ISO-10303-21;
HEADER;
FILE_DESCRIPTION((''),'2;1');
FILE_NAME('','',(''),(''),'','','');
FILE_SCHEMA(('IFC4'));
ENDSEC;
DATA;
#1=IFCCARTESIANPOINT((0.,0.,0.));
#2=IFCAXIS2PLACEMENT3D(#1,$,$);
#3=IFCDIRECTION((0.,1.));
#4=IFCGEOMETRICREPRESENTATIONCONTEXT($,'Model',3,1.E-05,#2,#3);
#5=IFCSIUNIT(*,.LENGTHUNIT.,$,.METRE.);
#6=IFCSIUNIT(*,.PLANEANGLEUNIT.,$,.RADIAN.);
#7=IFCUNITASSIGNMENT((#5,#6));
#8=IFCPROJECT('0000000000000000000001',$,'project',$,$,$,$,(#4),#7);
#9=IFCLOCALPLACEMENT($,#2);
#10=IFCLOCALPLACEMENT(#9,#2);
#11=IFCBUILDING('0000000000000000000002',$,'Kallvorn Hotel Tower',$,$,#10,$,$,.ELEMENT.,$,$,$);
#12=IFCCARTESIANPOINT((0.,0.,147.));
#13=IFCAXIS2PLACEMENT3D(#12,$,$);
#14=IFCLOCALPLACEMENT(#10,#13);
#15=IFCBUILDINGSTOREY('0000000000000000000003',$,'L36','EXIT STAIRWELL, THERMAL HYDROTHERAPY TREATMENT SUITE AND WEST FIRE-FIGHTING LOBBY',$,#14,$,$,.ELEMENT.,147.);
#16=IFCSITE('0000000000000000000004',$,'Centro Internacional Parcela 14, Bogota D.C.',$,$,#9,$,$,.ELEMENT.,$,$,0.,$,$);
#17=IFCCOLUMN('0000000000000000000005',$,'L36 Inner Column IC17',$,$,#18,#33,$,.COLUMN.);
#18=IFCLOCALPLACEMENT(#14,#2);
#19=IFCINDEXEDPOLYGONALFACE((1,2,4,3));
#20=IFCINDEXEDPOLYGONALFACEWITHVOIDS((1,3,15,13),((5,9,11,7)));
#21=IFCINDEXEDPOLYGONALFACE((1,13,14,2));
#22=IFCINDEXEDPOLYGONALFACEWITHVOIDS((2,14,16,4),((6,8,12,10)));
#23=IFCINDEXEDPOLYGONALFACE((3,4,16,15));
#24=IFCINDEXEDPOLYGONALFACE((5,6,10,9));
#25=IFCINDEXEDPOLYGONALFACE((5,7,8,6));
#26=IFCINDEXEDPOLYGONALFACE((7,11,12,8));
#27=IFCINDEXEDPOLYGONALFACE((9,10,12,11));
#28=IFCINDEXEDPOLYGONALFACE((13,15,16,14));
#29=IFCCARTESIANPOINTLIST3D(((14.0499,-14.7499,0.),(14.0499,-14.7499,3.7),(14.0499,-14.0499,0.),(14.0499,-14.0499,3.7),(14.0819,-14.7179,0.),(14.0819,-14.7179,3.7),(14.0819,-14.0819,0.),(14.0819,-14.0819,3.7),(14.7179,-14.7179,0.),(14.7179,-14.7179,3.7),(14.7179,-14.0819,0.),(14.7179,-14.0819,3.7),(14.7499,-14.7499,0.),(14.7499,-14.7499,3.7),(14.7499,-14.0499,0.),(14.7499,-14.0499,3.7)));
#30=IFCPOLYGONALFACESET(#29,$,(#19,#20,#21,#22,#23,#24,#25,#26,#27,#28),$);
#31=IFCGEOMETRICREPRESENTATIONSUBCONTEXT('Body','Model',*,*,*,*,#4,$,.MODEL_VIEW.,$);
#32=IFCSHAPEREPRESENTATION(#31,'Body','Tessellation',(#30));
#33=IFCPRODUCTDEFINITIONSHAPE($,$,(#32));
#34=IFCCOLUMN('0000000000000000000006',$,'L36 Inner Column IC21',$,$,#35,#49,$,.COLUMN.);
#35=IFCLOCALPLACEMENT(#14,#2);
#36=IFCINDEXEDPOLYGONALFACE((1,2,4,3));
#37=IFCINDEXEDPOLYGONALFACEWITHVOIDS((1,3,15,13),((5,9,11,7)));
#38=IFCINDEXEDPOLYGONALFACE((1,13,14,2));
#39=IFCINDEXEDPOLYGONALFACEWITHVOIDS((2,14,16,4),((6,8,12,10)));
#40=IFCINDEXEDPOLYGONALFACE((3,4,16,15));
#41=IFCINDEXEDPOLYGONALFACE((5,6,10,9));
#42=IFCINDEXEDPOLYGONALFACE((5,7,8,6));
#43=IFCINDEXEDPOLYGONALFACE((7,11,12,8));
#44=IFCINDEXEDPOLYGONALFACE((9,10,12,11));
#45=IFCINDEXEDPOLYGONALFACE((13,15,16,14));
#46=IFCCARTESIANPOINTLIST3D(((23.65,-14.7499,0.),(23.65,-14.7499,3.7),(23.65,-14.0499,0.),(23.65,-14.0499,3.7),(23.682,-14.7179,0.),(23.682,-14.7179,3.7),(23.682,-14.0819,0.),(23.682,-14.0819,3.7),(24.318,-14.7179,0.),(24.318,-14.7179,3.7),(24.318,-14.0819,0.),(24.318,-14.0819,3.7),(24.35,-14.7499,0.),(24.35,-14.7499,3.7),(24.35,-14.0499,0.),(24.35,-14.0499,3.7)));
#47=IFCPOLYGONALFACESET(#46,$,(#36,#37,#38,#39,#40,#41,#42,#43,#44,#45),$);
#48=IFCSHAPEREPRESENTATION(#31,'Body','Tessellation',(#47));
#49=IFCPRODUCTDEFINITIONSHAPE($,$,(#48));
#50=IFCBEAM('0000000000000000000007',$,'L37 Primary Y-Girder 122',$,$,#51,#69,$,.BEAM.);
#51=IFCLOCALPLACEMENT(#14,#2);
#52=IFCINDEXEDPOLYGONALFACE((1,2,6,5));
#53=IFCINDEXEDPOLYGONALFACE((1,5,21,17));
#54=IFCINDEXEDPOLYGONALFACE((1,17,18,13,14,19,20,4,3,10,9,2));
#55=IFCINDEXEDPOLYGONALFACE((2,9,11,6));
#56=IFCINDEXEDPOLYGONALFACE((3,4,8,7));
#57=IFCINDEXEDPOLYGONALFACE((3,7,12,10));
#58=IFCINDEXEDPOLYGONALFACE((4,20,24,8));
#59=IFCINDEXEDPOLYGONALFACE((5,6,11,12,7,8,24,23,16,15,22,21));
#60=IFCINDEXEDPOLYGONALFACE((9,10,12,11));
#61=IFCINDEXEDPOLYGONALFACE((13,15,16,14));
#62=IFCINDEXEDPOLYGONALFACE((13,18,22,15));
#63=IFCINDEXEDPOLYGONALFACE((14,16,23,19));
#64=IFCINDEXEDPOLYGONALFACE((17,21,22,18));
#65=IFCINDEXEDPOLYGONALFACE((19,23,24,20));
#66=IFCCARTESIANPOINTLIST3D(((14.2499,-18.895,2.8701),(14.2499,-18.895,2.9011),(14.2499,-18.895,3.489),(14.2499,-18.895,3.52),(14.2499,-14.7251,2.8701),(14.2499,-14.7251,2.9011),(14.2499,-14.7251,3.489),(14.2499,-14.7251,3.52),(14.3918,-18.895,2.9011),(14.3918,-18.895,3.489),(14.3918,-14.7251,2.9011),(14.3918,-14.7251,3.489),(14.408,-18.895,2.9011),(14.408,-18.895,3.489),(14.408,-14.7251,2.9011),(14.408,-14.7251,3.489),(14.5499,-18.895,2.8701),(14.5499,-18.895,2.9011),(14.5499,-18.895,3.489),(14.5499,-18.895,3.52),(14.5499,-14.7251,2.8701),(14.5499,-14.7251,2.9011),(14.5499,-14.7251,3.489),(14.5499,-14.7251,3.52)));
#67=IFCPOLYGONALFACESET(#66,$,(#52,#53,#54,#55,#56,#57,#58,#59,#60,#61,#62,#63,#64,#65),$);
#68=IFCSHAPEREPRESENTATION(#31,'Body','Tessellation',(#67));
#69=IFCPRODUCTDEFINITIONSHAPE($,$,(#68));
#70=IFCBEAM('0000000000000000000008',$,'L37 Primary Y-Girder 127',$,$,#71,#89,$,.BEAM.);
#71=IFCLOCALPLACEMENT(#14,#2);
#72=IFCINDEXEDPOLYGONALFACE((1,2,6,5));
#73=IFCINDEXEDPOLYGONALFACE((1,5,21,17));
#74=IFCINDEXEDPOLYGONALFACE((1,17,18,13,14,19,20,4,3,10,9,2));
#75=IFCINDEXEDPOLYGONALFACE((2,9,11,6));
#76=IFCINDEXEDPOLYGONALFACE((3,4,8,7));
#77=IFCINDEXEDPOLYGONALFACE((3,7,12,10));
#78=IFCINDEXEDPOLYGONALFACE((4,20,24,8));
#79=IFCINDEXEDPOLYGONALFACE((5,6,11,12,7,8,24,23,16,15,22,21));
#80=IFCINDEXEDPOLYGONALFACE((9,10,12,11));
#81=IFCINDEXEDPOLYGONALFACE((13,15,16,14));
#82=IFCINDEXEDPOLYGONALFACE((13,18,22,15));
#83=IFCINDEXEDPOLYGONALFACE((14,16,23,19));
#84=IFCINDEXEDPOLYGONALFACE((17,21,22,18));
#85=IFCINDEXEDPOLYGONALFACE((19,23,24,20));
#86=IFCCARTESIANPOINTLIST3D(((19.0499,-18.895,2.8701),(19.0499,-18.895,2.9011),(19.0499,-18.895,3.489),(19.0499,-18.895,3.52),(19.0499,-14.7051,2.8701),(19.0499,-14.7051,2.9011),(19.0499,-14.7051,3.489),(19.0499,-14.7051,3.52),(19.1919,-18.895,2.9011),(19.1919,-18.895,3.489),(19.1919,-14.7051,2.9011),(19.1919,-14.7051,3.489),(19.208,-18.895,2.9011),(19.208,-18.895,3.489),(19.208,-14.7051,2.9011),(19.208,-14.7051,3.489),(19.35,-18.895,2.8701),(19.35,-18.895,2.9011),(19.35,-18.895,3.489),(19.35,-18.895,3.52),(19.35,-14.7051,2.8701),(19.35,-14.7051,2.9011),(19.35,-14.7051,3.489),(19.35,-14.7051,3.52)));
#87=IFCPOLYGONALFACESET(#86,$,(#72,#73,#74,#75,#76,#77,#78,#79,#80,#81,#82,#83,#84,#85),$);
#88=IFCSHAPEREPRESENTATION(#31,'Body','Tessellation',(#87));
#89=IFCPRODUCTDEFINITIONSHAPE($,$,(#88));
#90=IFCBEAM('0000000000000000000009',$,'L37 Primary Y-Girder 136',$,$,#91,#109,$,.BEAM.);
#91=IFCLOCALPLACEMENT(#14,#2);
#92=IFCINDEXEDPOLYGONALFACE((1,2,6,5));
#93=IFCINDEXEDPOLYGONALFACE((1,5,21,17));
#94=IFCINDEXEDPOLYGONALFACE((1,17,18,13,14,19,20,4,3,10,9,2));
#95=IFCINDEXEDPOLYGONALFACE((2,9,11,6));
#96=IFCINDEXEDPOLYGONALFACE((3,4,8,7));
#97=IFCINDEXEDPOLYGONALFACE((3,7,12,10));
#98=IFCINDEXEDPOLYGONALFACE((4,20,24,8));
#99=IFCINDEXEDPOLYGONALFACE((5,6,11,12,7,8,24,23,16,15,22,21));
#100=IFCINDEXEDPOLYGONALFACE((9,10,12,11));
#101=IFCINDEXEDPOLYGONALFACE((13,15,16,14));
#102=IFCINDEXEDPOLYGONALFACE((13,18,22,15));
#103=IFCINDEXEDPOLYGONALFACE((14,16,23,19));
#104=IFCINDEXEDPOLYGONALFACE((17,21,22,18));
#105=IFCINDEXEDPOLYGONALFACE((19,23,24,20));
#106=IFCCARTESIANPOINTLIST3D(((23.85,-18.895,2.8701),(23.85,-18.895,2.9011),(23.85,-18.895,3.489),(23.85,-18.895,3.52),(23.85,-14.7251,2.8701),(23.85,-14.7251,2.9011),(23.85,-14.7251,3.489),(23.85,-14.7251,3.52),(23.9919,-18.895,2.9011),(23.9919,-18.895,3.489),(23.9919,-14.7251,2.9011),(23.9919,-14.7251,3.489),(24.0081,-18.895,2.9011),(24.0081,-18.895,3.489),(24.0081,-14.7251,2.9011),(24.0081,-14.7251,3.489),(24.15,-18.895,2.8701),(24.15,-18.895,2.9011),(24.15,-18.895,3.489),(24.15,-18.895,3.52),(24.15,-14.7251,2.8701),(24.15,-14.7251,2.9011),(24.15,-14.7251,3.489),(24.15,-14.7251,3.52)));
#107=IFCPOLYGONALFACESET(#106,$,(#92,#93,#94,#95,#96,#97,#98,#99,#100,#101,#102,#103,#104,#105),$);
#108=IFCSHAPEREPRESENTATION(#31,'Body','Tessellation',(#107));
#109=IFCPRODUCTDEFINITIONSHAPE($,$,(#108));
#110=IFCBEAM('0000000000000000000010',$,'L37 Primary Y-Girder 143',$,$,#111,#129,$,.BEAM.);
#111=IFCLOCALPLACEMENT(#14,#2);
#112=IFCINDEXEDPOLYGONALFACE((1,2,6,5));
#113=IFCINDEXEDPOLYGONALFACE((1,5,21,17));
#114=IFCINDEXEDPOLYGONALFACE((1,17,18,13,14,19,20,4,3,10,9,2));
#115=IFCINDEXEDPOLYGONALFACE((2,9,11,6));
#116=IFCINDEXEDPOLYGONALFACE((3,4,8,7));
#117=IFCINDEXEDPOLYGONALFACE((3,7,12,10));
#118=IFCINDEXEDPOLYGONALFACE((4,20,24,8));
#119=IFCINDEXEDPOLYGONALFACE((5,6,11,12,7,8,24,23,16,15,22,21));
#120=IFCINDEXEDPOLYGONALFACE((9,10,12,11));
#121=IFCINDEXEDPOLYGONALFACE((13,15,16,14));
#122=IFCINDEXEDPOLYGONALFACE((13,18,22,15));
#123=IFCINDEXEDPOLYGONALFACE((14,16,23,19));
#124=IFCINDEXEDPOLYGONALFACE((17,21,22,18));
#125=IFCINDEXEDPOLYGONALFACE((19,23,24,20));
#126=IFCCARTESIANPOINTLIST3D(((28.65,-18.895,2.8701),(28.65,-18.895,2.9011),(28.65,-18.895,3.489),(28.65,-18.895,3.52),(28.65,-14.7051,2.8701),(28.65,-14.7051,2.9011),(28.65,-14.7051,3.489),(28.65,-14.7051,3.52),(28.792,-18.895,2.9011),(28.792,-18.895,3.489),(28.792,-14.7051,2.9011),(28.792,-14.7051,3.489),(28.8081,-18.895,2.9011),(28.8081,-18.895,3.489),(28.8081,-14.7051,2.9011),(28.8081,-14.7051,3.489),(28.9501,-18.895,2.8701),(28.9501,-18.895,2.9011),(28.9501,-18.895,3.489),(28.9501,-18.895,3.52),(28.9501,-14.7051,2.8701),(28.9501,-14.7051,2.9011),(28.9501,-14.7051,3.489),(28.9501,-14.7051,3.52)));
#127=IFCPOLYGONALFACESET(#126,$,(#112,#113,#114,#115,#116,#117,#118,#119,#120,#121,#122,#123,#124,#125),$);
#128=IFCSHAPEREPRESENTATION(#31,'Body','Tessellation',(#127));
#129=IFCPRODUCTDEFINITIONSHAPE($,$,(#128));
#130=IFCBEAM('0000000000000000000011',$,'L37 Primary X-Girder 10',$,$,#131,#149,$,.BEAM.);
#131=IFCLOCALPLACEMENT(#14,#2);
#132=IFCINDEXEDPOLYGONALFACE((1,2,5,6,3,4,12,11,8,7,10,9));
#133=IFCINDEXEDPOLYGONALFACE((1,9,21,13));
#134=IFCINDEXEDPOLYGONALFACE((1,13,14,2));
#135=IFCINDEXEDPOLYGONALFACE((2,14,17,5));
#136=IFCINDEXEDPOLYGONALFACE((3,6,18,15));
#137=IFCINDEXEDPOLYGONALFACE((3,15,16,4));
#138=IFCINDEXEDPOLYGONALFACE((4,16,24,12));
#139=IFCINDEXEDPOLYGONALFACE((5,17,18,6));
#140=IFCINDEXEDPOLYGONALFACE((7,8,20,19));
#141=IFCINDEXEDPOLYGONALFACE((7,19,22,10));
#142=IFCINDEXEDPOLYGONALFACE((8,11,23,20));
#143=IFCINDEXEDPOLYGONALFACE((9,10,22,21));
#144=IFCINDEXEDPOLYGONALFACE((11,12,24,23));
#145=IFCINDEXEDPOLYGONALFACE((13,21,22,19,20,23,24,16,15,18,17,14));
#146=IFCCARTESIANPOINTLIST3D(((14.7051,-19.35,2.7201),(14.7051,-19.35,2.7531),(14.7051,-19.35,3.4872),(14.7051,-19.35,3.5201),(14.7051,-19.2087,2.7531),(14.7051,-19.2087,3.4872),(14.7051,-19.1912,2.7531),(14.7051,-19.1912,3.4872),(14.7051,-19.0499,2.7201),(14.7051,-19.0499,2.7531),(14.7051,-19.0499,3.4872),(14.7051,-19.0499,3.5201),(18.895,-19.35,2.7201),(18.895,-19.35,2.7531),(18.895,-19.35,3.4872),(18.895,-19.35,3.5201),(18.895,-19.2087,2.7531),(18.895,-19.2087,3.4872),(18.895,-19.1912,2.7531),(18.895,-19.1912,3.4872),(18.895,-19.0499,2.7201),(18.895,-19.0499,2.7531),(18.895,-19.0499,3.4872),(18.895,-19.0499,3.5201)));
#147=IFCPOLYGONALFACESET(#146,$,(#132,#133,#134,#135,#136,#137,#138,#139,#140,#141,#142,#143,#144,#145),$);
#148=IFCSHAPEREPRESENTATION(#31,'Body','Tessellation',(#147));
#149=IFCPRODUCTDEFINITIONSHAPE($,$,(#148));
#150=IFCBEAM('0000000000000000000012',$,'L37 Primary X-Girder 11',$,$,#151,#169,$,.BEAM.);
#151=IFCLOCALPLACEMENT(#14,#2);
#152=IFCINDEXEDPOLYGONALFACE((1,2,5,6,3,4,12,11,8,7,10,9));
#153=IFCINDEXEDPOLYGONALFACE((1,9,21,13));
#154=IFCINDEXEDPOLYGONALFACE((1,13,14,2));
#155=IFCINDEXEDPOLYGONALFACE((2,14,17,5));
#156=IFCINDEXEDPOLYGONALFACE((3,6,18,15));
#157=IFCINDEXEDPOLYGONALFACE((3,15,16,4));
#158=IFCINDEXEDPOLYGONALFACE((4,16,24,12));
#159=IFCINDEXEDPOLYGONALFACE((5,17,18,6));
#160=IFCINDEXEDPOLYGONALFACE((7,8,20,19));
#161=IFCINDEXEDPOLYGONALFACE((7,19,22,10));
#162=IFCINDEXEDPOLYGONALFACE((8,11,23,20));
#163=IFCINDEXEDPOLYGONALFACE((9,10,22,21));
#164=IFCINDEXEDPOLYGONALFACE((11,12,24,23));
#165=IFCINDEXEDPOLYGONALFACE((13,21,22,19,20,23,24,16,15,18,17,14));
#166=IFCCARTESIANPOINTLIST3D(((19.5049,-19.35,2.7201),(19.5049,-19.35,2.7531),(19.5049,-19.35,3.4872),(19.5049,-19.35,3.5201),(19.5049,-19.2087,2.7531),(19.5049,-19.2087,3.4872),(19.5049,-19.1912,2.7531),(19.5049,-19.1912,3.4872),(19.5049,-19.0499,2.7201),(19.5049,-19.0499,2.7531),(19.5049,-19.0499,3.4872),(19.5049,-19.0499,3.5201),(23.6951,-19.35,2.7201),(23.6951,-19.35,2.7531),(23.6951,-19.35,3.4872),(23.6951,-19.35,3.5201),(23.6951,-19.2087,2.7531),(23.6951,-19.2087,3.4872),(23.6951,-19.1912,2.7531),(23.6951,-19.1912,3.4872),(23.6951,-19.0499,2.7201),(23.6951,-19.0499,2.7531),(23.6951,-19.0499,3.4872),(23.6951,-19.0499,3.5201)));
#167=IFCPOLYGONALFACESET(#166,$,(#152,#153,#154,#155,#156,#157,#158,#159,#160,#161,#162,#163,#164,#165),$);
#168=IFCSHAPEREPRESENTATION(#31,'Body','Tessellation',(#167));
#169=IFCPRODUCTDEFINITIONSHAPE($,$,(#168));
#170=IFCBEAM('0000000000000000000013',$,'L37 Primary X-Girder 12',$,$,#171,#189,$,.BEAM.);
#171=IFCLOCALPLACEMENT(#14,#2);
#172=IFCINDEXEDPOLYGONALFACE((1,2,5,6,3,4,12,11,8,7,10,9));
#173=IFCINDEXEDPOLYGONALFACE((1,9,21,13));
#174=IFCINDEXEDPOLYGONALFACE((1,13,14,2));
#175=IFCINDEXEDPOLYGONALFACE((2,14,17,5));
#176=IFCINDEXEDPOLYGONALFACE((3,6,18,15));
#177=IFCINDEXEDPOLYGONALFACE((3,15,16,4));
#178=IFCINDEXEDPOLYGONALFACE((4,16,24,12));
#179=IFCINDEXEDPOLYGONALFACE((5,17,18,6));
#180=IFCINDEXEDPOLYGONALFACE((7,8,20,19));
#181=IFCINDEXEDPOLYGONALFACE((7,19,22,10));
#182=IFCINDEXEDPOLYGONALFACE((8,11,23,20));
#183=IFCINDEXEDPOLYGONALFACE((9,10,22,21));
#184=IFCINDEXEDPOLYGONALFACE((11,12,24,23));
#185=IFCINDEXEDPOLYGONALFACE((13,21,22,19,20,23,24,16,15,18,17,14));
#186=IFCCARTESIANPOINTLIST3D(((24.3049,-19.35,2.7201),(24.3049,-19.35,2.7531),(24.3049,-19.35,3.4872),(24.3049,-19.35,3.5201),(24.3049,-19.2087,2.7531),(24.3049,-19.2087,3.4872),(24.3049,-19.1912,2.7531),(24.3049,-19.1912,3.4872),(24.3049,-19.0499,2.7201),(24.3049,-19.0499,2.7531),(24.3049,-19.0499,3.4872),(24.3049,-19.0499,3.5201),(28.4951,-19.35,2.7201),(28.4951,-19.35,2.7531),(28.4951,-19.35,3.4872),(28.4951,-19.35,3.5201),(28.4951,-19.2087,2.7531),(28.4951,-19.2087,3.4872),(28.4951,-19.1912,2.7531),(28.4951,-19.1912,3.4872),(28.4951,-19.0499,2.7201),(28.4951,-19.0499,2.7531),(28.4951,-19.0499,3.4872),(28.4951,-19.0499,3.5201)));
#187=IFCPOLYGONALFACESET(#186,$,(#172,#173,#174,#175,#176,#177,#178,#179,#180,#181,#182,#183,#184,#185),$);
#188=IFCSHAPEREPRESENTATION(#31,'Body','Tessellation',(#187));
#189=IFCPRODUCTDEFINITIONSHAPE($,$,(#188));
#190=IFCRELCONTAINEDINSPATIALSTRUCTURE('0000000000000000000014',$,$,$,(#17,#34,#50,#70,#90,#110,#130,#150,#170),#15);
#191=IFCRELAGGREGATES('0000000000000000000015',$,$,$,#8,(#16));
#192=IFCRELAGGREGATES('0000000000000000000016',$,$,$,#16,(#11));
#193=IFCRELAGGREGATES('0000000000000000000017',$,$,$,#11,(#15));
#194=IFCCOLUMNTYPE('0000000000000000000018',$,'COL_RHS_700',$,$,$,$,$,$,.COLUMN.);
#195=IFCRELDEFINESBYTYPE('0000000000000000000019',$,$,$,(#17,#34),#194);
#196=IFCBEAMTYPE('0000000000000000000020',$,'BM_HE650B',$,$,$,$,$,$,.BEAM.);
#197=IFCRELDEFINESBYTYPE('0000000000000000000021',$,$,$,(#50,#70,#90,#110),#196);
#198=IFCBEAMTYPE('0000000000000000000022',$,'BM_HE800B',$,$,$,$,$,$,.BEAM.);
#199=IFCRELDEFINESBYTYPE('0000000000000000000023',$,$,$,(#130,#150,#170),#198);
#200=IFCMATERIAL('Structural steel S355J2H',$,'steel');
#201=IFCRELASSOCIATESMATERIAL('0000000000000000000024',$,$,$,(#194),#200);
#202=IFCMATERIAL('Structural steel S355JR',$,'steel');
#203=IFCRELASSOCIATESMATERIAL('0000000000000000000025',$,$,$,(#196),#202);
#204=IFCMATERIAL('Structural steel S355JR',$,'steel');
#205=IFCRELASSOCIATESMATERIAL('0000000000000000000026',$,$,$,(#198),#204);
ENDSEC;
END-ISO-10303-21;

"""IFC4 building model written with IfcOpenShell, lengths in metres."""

from ifc_helpers import new_model, si_unit, direction, frame, origin, origin_2d, place, context, subcontext, project, spatial, hollow_rectangle, i_section, extrude, material, material_profile, profile_set, type_object, element, save


model = new_model("IFC4")

# Units and contexts
model_context = context("Model", 3, precision=1e-05, world=origin(), true_north=direction((0.0, 1.0)))
body_context = subcontext(model_context, "Body", "Model", "MODEL_VIEW")
ifc_project = project(units=[si_unit("LENGTHUNIT", "METRE"), si_unit("PLANEANGLEUNIT", "RADIAN")], contexts=[model_context])

# Site, building, storey
site_placement = place(None, origin())
site = spatial("IfcSite", under=ifc_project, at=site_placement, Name="Centro Internacional Parcela 14, Bogota D.C.", CompositionType="ELEMENT", RefElevation=0.0)
building_placement = place(site_placement, origin())
building = spatial("IfcBuilding", under=site, at=building_placement, Name="Kallvorn Hotel Tower", CompositionType="ELEMENT")
storey_placement = place(building_placement, frame((0.0, 0.0, 147.0)))
storey = spatial("IfcBuildingStorey", under=building, at=storey_placement, Name="L36", Description="EXIT STAIRWELL, THERMAL HYDROTHERAPY TREATMENT SUITE AND WEST FIRE-FIGHTING LOBBY", CompositionType="ELEMENT", Elevation=147.0)

# Columns
ifc_material_1 = material(Name="Structural steel S355J2H", Category="steel")
ifc_material_profile_1 = material_profile(ifc_material_1, hollow_rectangle(XDim=0.7, YDim=0.7, WallThickness=0.032, at=origin_2d()), Name="RHS 700x700x32")
ifc_profile_set_1 = profile_set([ifc_material_profile_1], Name="Structural steel S355J2H")
column_type_1 = type_object("IfcColumnType", Name="COL_RHS_700", PredefinedType="COLUMN", material=ifc_profile_set_1)
for number, where, z_axis, x_axis, name in (
    (1, (14.3999, -14.3999, 0.0), (0.0, 0.0, 1.0), (1.0, 0.0, 0.0), "L36 Inner Column IC17"),
    (2, (24.0, -14.3999, 0.0), (0.0, 0.0, 1.0), (1.0, 0.0, 0.0), "L36 Inner Column IC21"),
):
    element("IfcColumn", number, at=place(storey_placement, frame(where, z_axis=z_axis, x_axis=x_axis)), inside=storey, type_object=column_type_1, Name=name, PredefinedType="COLUMN", context=body_context, shape_type="SweptSolid", body=[
        extrude(hollow_rectangle(XDim=0.7, YDim=0.7, WallThickness=0.032, at=origin_2d()), origin(), (0.0, 0.0, 1.0), 3.7),
    ])

# Beams
ifc_material_2 = material(Name="Structural steel S355JR", Category="steel")
ifc_material_profile_2 = material_profile(ifc_material_2, i_section(OverallWidth=0.3, OverallDepth=0.6499, WebThickness=0.0161, FlangeThickness=0.031, at=origin_2d()), Name="HE 650 B")
ifc_profile_set_2 = profile_set([ifc_material_profile_2], Name="Structural steel S355JR")
beam_type_1 = type_object("IfcBeamType", Name="BM_HE650B", PredefinedType="BEAM", material=ifc_profile_set_2)
beam_1_placement = place(storey_placement, frame((14.3999, -18.895, 3.1951), z_axis=(0.0, 1.0, 0.0), x_axis=(-1.0, 0.0, 0.0)))
element("IfcBeam", 3, at=beam_1_placement, inside=storey, type_object=beam_type_1, Name="L37 Primary Y-Girder 122", PredefinedType="BEAM", context=body_context, shape_type="SweptSolid", body=[
    extrude(i_section(OverallWidth=0.3, OverallDepth=0.6499, WebThickness=0.0161, FlangeThickness=0.031, at=origin_2d()), origin(), (0.0, 0.0, 1.0), 4.1699),
])
beam_2_placement = place(storey_placement, frame((19.2, -18.895, 3.1951), z_axis=(0.0, 1.0, 0.0), x_axis=(-1.0, 0.0, 0.0)))
element("IfcBeam", 4, at=beam_2_placement, inside=storey, type_object=beam_type_1, Name="L37 Primary Y-Girder 127", PredefinedType="BEAM", context=body_context, shape_type="SweptSolid", body=[
    extrude(i_section(OverallWidth=0.3, OverallDepth=0.6499, WebThickness=0.0161, FlangeThickness=0.031, at=origin_2d()), origin(), (0.0, 0.0, 1.0), 4.1899),
])
beam_3_placement = place(storey_placement, frame((24.0, -18.895, 3.1951), z_axis=(0.0, 1.0, 0.0), x_axis=(-1.0, 0.0, 0.0)))
element("IfcBeam", 5, at=beam_3_placement, inside=storey, type_object=beam_type_1, Name="L37 Primary Y-Girder 136", PredefinedType="BEAM", context=body_context, shape_type="SweptSolid", body=[
    extrude(i_section(OverallWidth=0.3, OverallDepth=0.6499, WebThickness=0.0161, FlangeThickness=0.031, at=origin_2d()), origin(), (0.0, 0.0, 1.0), 4.1699),
])
beam_4_placement = place(storey_placement, frame((28.8, -18.895, 3.1951), z_axis=(0.0, 1.0, 0.0), x_axis=(-1.0, 0.0, 0.0)))
element("IfcBeam", 6, at=beam_4_placement, inside=storey, type_object=beam_type_1, Name="L37 Primary Y-Girder 143", PredefinedType="BEAM", context=body_context, shape_type="SweptSolid", body=[
    extrude(i_section(OverallWidth=0.3, OverallDepth=0.6499, WebThickness=0.0161, FlangeThickness=0.031, at=origin_2d()), origin(), (0.0, 0.0, 1.0), 4.1899),
])
ifc_material_3 = material(Name="Structural steel S355JR", Category="steel")
ifc_material_profile_3 = material_profile(ifc_material_3, i_section(OverallWidth=0.3, OverallDepth=0.8, WebThickness=0.0176, FlangeThickness=0.033, at=origin_2d()), Name="HE 800 B")
ifc_profile_set_3 = profile_set([ifc_material_profile_3], Name="Structural steel S355JR")
beam_type_2 = type_object("IfcBeamType", Name="BM_HE800B", PredefinedType="BEAM", material=ifc_profile_set_3)
beam_5_placement = place(storey_placement, frame((14.7051, -19.2, 3.1201), z_axis=(1.0, 0.0, 0.0), x_axis=(0.0, 1.0, 0.0)))
element("IfcBeam", 7, at=beam_5_placement, inside=storey, type_object=beam_type_2, Name="L37 Primary X-Girder 10", PredefinedType="BEAM", context=body_context, shape_type="SweptSolid", body=[
    extrude(i_section(OverallWidth=0.3, OverallDepth=0.8, WebThickness=0.0176, FlangeThickness=0.033, at=origin_2d()), origin(), (0.0, 0.0, 1.0), 4.1899),
])
for number, where, z_axis, x_axis, name in (
    (8, (19.5049, -19.2, 3.1201), (1.0, 0.0, 0.0), (0.0, 1.0, 0.0), "L37 Primary X-Girder 11"),
    (9, (24.3049, -19.2, 3.1201), (1.0, 0.0, 0.0), (0.0, 1.0, 0.0), "L37 Primary X-Girder 12"),
):
    element("IfcBeam", number, at=place(storey_placement, frame(where, z_axis=z_axis, x_axis=x_axis)), inside=storey, type_object=beam_type_2, Name=name, PredefinedType="BEAM", context=body_context, shape_type="SweptSolid", body=[
        extrude(i_section(OverallWidth=0.3, OverallDepth=0.8, WebThickness=0.0176, FlangeThickness=0.033, at=origin_2d()), origin(), (0.0, 0.0, 1.0), 4.1902),
    ])

save(model, "model.ifc")
